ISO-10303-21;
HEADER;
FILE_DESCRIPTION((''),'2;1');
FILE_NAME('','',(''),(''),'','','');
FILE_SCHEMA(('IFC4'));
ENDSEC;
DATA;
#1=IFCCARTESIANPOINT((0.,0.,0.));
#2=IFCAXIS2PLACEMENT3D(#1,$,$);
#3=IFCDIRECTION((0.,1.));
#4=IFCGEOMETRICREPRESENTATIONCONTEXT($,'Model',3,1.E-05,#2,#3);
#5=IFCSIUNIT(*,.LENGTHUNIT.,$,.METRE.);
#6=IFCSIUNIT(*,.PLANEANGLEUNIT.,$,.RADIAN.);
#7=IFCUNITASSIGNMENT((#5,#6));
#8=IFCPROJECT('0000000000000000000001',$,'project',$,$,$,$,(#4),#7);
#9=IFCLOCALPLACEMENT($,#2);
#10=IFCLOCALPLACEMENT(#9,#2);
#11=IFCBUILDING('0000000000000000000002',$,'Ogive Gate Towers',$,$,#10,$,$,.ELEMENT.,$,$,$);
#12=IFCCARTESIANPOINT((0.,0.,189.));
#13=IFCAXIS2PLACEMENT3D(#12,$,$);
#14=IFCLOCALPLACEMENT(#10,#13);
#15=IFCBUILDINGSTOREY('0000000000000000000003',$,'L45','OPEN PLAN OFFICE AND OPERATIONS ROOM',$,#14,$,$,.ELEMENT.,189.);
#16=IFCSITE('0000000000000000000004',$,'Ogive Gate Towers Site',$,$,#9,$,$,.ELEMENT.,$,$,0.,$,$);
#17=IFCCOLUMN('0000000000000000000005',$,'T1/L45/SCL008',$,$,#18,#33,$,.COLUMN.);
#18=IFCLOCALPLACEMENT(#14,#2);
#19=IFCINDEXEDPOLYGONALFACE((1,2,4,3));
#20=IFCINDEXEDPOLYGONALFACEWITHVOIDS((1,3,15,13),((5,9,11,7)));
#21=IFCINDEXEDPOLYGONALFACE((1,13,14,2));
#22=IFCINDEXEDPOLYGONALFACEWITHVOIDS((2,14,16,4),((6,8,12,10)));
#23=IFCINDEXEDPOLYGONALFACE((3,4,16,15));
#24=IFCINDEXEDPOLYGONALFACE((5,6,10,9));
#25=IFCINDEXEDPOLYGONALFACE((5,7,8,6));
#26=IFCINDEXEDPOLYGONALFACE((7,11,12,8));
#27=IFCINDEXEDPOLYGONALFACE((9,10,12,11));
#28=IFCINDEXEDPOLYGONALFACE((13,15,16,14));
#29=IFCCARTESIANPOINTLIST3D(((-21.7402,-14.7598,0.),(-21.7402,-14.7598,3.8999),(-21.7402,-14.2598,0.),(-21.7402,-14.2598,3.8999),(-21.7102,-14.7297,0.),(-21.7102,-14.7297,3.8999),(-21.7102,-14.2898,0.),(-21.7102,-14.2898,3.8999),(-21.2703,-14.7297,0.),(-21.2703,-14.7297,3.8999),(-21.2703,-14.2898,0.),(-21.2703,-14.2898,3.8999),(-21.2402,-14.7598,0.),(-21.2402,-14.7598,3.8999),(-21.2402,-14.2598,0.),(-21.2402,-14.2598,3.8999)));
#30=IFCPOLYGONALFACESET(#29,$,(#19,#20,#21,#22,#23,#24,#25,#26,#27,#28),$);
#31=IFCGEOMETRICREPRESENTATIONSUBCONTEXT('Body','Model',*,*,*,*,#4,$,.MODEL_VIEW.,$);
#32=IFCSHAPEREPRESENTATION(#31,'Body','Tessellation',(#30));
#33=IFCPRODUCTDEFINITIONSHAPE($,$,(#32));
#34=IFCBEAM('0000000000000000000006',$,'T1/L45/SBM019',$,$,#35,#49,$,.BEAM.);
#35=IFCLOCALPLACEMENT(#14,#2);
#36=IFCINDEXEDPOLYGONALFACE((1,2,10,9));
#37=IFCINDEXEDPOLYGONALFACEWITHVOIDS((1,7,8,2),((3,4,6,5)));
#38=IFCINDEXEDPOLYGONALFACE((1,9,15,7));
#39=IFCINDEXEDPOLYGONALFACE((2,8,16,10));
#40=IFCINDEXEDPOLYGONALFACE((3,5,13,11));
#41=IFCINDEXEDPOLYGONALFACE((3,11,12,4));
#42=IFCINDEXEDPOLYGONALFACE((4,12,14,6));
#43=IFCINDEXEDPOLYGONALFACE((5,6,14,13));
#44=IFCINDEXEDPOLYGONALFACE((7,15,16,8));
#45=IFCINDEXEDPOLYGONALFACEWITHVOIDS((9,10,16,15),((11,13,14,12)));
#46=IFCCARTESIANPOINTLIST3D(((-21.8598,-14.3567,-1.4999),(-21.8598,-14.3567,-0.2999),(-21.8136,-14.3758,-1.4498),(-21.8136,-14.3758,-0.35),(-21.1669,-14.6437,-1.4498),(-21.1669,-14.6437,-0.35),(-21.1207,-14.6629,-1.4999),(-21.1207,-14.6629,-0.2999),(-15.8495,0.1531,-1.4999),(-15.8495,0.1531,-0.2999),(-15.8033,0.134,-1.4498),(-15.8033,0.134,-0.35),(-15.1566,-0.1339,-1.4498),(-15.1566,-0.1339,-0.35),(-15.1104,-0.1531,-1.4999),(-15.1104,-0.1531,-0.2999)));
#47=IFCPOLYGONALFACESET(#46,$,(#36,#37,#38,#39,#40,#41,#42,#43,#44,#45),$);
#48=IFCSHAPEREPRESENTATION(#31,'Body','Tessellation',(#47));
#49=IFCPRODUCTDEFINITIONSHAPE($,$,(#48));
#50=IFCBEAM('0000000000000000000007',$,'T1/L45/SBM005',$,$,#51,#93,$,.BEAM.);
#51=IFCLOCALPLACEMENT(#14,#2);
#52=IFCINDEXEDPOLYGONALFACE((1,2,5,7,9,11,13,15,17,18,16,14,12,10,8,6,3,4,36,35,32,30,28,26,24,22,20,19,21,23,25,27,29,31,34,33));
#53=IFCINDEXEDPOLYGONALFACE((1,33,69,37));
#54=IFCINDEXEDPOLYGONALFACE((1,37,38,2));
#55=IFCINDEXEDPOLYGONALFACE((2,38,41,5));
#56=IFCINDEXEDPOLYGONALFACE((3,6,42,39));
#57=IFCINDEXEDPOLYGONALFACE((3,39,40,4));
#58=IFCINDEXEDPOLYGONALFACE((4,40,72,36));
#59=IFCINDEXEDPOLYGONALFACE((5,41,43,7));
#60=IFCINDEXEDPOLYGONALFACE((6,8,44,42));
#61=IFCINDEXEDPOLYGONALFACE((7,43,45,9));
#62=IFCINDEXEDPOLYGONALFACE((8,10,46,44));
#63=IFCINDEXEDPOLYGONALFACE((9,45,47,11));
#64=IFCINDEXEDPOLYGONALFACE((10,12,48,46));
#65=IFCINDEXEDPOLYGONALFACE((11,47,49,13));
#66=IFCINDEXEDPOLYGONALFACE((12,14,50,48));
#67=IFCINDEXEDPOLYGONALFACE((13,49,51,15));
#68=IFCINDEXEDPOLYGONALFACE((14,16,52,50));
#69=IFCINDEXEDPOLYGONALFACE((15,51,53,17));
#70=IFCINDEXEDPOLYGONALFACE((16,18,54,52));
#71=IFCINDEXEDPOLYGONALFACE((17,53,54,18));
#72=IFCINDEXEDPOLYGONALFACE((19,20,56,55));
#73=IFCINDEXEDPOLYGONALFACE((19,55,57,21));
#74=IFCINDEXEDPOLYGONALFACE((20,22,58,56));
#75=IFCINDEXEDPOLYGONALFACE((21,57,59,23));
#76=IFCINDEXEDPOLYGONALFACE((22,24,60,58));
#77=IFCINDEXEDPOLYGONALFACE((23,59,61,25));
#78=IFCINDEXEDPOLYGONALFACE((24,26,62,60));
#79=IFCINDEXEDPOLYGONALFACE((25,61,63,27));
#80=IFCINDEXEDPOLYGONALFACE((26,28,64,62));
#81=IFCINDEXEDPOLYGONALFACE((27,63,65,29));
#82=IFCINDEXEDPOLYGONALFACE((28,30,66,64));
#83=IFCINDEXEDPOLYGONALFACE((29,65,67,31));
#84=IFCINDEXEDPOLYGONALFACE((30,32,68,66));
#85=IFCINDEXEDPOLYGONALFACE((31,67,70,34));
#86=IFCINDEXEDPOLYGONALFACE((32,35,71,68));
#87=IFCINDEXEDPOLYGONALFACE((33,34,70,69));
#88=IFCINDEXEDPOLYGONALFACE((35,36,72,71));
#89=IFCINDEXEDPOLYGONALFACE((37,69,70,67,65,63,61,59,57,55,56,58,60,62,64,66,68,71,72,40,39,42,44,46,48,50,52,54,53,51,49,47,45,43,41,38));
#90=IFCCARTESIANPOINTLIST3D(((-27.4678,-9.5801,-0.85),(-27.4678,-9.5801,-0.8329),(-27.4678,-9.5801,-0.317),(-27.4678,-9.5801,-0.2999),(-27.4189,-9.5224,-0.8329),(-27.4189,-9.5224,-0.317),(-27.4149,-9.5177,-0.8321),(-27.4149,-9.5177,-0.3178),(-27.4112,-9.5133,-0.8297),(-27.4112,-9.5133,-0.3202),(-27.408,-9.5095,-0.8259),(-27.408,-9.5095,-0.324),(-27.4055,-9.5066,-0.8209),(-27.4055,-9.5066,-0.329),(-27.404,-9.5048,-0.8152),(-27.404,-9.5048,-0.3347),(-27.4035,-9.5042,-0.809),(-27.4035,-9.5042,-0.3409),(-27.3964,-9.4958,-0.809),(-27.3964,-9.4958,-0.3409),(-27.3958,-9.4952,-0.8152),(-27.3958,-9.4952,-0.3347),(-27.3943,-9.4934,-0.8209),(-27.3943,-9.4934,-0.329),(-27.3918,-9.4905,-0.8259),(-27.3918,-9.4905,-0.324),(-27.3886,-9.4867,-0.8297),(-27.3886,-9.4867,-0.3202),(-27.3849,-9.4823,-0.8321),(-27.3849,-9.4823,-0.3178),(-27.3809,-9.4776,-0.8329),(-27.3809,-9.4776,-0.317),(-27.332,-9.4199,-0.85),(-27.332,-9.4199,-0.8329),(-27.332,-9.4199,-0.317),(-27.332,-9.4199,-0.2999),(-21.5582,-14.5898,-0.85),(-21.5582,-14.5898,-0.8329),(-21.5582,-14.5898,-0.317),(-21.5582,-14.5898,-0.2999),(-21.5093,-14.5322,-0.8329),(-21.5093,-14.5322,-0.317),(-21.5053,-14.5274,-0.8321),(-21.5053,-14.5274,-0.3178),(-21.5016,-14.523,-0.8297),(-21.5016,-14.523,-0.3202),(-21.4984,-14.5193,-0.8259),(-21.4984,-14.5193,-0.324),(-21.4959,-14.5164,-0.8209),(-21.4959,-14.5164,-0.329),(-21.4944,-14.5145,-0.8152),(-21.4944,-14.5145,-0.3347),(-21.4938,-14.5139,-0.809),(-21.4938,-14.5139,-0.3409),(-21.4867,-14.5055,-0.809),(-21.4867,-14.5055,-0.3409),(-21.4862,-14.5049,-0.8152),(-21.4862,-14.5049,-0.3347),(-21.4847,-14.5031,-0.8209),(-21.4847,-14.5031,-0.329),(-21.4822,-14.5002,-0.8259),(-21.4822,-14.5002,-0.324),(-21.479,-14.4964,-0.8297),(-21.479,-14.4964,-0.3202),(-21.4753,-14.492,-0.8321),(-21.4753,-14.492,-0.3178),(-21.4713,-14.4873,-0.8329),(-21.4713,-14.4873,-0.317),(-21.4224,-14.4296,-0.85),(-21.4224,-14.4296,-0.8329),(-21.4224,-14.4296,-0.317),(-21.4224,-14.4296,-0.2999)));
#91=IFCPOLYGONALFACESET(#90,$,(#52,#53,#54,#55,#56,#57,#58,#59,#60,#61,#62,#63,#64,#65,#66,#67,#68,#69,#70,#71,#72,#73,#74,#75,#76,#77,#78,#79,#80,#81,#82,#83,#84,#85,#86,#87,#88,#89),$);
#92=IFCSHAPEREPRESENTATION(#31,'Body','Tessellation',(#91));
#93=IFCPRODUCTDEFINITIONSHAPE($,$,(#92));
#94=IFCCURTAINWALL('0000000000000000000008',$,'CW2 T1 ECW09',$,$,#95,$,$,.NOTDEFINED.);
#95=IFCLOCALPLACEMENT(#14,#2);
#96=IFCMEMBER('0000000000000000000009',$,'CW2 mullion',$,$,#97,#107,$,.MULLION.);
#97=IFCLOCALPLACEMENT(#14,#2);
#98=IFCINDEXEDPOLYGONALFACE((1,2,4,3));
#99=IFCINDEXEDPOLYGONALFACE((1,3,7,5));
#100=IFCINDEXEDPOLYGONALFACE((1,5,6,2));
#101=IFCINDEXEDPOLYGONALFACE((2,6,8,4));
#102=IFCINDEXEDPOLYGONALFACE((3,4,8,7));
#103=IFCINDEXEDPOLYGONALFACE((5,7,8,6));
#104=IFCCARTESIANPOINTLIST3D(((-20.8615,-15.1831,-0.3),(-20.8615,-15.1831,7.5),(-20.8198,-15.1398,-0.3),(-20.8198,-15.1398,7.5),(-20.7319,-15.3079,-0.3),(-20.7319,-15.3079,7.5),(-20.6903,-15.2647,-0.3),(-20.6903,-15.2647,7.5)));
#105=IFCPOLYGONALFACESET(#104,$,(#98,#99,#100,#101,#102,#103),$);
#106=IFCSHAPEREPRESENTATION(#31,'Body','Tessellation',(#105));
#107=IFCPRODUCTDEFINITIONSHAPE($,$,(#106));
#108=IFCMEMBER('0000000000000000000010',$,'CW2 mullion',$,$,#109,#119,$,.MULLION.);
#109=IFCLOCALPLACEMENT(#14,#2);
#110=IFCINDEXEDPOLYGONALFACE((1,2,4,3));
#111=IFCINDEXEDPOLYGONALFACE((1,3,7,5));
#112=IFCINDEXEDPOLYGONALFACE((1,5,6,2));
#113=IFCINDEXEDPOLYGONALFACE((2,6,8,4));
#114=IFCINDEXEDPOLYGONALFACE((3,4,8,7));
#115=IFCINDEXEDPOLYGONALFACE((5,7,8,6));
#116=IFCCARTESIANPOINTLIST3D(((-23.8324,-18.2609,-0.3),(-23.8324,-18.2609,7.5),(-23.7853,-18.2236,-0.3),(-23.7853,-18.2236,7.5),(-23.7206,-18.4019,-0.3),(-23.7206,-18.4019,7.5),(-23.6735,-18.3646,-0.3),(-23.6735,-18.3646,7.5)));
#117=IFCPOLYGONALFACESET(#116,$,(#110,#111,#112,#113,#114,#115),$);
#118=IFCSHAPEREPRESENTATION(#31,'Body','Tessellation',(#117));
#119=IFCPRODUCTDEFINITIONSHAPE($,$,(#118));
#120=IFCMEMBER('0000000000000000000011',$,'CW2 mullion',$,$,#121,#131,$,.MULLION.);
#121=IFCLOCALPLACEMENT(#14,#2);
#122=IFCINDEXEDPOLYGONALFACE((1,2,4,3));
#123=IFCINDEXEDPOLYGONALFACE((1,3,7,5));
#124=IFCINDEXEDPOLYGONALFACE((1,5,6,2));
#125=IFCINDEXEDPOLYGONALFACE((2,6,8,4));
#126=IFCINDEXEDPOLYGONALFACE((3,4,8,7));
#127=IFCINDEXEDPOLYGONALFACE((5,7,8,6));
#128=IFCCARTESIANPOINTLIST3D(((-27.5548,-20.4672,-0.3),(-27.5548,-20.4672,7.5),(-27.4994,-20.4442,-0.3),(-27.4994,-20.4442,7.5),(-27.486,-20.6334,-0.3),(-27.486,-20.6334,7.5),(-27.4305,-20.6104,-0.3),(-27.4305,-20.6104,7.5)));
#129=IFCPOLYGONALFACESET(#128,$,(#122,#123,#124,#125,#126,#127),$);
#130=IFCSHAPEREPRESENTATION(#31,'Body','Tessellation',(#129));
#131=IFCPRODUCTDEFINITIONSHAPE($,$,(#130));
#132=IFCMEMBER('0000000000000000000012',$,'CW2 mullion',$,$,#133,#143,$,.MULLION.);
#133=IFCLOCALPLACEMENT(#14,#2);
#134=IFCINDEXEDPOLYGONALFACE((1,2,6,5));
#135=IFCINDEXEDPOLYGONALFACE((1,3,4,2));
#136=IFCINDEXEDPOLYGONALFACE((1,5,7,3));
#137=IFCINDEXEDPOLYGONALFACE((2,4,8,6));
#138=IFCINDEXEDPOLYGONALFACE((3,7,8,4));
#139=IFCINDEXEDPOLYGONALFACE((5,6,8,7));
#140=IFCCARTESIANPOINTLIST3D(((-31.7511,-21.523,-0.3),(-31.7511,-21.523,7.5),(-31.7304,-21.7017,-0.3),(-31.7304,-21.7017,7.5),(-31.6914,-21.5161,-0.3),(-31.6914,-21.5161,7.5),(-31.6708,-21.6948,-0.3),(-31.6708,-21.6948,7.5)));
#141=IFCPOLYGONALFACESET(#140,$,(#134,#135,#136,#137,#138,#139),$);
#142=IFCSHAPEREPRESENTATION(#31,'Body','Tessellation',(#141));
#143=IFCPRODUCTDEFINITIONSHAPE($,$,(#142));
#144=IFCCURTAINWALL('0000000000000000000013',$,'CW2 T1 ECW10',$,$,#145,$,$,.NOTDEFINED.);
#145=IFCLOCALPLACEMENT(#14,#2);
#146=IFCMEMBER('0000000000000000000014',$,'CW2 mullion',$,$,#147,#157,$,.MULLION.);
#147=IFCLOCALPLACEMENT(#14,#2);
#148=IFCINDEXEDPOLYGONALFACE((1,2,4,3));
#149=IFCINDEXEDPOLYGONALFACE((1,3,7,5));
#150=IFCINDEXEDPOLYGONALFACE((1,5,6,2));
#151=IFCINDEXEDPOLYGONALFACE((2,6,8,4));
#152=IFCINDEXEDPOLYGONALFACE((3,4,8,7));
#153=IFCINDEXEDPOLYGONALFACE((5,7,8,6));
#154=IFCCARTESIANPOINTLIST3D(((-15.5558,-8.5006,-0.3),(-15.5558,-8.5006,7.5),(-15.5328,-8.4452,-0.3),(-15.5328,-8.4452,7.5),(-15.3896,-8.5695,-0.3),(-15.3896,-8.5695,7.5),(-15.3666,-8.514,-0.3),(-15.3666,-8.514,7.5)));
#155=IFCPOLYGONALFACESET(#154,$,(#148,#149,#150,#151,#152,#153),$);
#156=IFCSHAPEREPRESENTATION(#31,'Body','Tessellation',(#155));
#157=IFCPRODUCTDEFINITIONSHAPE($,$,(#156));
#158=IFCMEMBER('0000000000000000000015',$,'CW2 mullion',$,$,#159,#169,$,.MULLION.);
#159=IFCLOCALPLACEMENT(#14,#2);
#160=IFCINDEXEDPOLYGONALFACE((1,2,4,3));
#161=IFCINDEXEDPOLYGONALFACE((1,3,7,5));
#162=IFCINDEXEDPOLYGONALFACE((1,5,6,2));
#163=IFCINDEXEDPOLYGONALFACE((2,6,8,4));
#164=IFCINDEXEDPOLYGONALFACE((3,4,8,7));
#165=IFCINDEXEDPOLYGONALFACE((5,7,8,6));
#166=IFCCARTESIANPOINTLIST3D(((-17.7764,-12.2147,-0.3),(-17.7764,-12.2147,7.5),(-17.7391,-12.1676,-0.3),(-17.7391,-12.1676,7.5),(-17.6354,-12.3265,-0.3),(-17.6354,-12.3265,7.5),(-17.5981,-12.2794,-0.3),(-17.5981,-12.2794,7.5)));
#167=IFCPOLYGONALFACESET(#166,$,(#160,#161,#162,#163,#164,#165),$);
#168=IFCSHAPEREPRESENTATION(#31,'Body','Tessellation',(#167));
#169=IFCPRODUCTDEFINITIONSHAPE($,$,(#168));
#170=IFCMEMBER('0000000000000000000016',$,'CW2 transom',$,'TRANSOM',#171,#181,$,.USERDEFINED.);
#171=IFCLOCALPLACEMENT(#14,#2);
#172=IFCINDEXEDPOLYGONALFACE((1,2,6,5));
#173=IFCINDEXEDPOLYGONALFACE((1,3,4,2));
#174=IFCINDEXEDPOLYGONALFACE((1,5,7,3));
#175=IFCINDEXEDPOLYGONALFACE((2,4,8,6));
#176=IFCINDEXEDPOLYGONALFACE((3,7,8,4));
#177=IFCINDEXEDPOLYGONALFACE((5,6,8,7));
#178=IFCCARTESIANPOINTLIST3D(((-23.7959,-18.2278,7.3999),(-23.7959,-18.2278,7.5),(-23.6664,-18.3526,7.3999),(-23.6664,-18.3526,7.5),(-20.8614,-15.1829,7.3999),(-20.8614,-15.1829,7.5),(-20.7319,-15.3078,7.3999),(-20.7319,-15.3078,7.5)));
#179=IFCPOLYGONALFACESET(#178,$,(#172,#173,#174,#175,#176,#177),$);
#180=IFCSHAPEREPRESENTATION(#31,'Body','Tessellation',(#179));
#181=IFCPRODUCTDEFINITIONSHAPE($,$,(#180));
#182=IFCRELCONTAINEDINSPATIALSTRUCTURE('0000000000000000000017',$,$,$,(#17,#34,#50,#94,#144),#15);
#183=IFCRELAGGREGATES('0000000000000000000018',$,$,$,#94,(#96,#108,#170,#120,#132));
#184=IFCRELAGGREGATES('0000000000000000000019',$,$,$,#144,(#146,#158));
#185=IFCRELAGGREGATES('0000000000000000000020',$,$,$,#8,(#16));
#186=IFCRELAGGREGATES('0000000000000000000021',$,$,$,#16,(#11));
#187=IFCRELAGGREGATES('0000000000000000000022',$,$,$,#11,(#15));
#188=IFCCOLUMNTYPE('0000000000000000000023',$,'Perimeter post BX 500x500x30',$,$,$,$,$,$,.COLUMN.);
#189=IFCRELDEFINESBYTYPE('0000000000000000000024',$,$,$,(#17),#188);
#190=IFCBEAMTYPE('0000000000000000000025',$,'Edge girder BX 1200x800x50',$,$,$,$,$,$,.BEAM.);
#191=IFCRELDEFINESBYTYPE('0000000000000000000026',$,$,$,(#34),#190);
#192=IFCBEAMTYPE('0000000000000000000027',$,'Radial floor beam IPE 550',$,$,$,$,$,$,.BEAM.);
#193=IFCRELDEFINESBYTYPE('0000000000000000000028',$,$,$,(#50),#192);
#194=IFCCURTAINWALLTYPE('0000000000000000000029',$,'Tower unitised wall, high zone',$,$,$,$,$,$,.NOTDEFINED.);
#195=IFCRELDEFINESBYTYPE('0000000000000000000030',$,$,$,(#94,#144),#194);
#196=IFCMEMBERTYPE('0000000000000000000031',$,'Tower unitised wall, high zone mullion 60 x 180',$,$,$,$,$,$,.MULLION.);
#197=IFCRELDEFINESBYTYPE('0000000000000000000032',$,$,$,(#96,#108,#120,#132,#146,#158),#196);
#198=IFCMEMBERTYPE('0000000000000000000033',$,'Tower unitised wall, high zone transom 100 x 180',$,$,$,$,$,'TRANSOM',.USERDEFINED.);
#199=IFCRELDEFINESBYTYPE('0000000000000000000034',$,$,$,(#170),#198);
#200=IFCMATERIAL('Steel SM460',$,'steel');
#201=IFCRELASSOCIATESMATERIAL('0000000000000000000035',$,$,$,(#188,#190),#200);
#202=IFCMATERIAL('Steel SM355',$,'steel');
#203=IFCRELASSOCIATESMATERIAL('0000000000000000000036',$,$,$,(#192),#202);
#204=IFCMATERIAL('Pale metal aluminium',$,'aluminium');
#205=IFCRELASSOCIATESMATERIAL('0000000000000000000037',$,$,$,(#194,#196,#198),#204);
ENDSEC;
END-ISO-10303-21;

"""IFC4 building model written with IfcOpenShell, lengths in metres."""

from ifc_helpers import new_model, si_unit, direction, frame, origin, origin_2d, place, context, subcontext, project, spatial, rectangle, hollow_rectangle, i_section, extrude, material, material_profile, profile_set, type_object, element, aggregate, save


model = new_model("IFC4")

# Units and contexts
model_context = context("Model", 3, precision=1e-05, world=origin(), true_north=direction((0.0, 1.0)))
body_context = subcontext(model_context, "Body", "Model", "MODEL_VIEW")
ifc_project = project(units=[si_unit("LENGTHUNIT", "METRE"), si_unit("PLANEANGLEUNIT", "RADIAN")], contexts=[model_context])

# Site, building, storey
site_placement = place(None, origin())
site = spatial("IfcSite", under=ifc_project, at=site_placement, Name="Ogive Gate Towers Site", CompositionType="ELEMENT", RefElevation=0.0)
building_placement = place(site_placement, origin())
building = spatial("IfcBuilding", under=site, at=building_placement, Name="Ogive Gate Towers", CompositionType="ELEMENT")
storey_placement = place(building_placement, frame((0.0, 0.0, 189.0)))
storey = spatial("IfcBuildingStorey", under=building, at=storey_placement, Name="L45", Description="OPEN PLAN OFFICE AND OPERATIONS ROOM", CompositionType="ELEMENT", Elevation=189.0)

# Column
ifc_material_1 = material(Name="Steel SM460", Category="steel")
ifc_material_profile_1 = material_profile(ifc_material_1, hollow_rectangle(XDim=0.5, YDim=0.5, WallThickness=0.03, at=origin_2d()), Name="BX 500x500x30")
ifc_profile_set_1 = profile_set([ifc_material_profile_1], Name="Steel SM460")
column_type = type_object("IfcColumnType", Name="Perimeter post BX 500x500x30", PredefinedType="COLUMN", material=ifc_profile_set_1)
column_placement = place(storey_placement, frame((-21.4902, -14.5098, 0.0), z_axis=(0.0, 0.0, 1.0), x_axis=(1.0, 0.0, 0.0)))
element("IfcColumn", 1, at=column_placement, inside=storey, type_object=column_type, Name="T1/L45/SCL008", PredefinedType="COLUMN", context=body_context, shape_type="SweptSolid", body=[
    extrude(hollow_rectangle(XDim=0.5, YDim=0.5, WallThickness=0.03, at=origin_2d()), origin(), (0.0, 0.0, 1.0), 3.8999),
])

# Beams
ifc_material_profile_2 = material_profile(ifc_material_1, hollow_rectangle(XDim=0.8, YDim=1.2, WallThickness=0.05, at=origin_2d()), Name="BX 1200x800x50")
ifc_profile_set_2 = profile_set([ifc_material_profile_2], Name="Steel SM460")
beam_type_1 = type_object("IfcBeamType", Name="Edge girder BX 1200x800x50", PredefinedType="BEAM", material=ifc_profile_set_2)
beam_1_placement = place(storey_placement, frame((-21.4902, -14.5098, -0.8999), z_axis=(0.38269, 0.923877, 0.0), x_axis=(-0.923877, 0.38269, 0.0)))
element("IfcBeam", 2, at=beam_1_placement, inside=storey, type_object=beam_type_1, Name="T1/L45/SBM019", PredefinedType="BEAM", context=body_context, shape_type="SweptSolid", body=[
    extrude(hollow_rectangle(XDim=0.8, YDim=1.2, WallThickness=0.05, at=origin_2d()), origin(), (0.0, 0.0, 1.0), 15.7053),
])
ifc_material_2 = material(Name="Steel SM355", Category="steel")
ifc_material_profile_3 = material_profile(ifc_material_2, i_section(OverallWidth=0.21, OverallDepth=0.55, WebThickness=0.011, FlangeThickness=0.0171, FilletRadius=0.0239, at=origin_2d()), Name="IPE 550")
ifc_profile_set_3 = profile_set([ifc_material_profile_3], Name="Steel SM355")
beam_type_2 = type_object("IfcBeamType", Name="Radial floor beam IPE 550", PredefinedType="BEAM", material=ifc_profile_set_3)
beam_2_placement = place(storey_placement, frame((-27.3999, -9.5, -0.575), z_axis=(0.762795, -0.64664, 0.0), x_axis=(0.64664, 0.762795, 0.0)))
element("IfcBeam", 3, at=beam_2_placement, inside=storey, type_object=beam_type_2, Name="T1/L45/SBM005", PredefinedType="BEAM", context=body_context, shape_type="SweptSolid", body=[
    extrude(i_section(OverallWidth=0.21, OverallDepth=0.55, WebThickness=0.011, FlangeThickness=0.0171, FilletRadius=0.0239, at=origin_2d()), origin(), (0.0, 0.0, 1.0), 7.7473),
])

# Curtain walls, members
ifc_material_3 = material(Name="Pale metal aluminium", Category="aluminium")
curtain_wall_type = type_object("IfcCurtainWallType", Name="Tower unitised wall, high zone", PredefinedType="NOTDEFINED", material=ifc_material_3)
curtain_wall_1_placement = place(storey_placement, origin())
curtain_wall_1 = element("IfcCurtainWall", 4, at=curtain_wall_1_placement, inside=storey, type_object=curtain_wall_type, Name="CW2 T1 ECW09", PredefinedType="NOTDEFINED")
ifc_material_profile_4 = material_profile(ifc_material_3, rectangle(XDim=0.1799, YDim=0.0601, at=origin_2d()), Name="60 x 180 aluminium box")
ifc_profile_set_4 = profile_set([ifc_material_profile_4], Name="Pale metal aluminium")
member_type_1 = type_object("IfcMemberType", Name="Tower unitised wall, high zone mullion 60 x 180", PredefinedType="MULLION", material=ifc_profile_set_4)
member_1_placement = place(storey_placement, frame((-20.7759, -15.2239, -0.3), z_axis=(0.0, 0.0, 1.0), x_axis=(-0.720031, 0.693942, 0.0)))
member_1 = element("IfcMember", 5, at=member_1_placement, type_object=member_type_1, Name="CW2 mullion", PredefinedType="MULLION", context=body_context, shape_type="SweptSolid", body=[
    extrude(rectangle(XDim=0.1799, YDim=0.0601, at=origin_2d()), origin(), (0.0, 0.0, 1.0), 7.8),
])
member_2_placement = place(storey_placement, frame((-23.7529, -18.3127, -0.3), z_axis=(0.0, 0.0, 1.0), x_axis=(-0.621298, 0.783574, 0.0)))
member_2 = element("IfcMember", 6, at=member_2_placement, type_object=member_type_1, Name="CW2 mullion", PredefinedType="MULLION", context=body_context, shape_type="SweptSolid", body=[
    extrude(rectangle(XDim=0.1799, YDim=0.0601, at=origin_2d()), origin(), (0.0, 0.0, 1.0), 7.8),
])
member_3_placement = place(storey_placement, frame((-27.4927, -20.5388, -0.3), z_axis=(0.0, 0.0, 1.0), x_axis=(-0.382683, 0.92388, 0.0)))
member_3 = element("IfcMember", 7, at=member_3_placement, type_object=member_type_1, Name="CW2 mullion", PredefinedType="MULLION", context=body_context, shape_type="SweptSolid", body=[
    extrude(rectangle(XDim=0.1799, YDim=0.0601, at=origin_2d()), origin(), (0.0, 0.0, 1.0), 7.8),
])
member_4_placement = place(storey_placement, frame((-31.7109, -21.6089, -0.3), z_axis=(0.0, 0.0, 1.0), x_axis=(-0.114764, 0.993393, 0.0)))
member_4 = element("IfcMember", 8, at=member_4_placement, type_object=member_type_1, Name="CW2 mullion", PredefinedType="MULLION", context=body_context, shape_type="SweptSolid", body=[
    extrude(rectangle(XDim=0.1799, YDim=0.0601, at=origin_2d()), origin(), (0.0, 0.0, 1.0), 7.8),
])
curtain_wall_2_placement = place(storey_placement, origin())
curtain_wall_2 = element("IfcCurtainWall", 9, at=curtain_wall_2_placement, inside=storey, type_object=curtain_wall_type, Name="CW2 T1 ECW10", PredefinedType="NOTDEFINED")
member_5_placement = place(storey_placement, frame((-15.4612, -8.5073, -0.3), z_axis=(0.0, 0.0, 1.0), x_axis=(-0.92388, 0.382683, 0.0)))
member_5 = element("IfcMember", 10, at=member_5_placement, type_object=member_type_1, Name="CW2 mullion", PredefinedType="MULLION", context=body_context, shape_type="SweptSolid", body=[
    extrude(rectangle(XDim=0.1799, YDim=0.0601, at=origin_2d()), origin(), (0.0, 0.0, 1.0), 7.8),
])
member_6_placement = place(storey_placement, frame((-17.6873, -12.2471, -0.3), z_axis=(0.0, 0.0, 1.0), x_axis=(-0.783574, 0.621298, 0.0)))
member_6 = element("IfcMember", 11, at=member_6_placement, type_object=member_type_1, Name="CW2 mullion", PredefinedType="MULLION", context=body_context, shape_type="SweptSolid", body=[
    extrude(rectangle(XDim=0.1799, YDim=0.0601, at=origin_2d()), origin(), (0.0, 0.0, 1.0), 7.8),
])

# Member
ifc_material_profile_5 = material_profile(ifc_material_3, rectangle(XDim=0.1799, YDim=0.1001, at=origin_2d()), Name="100 x 180 aluminium box")
ifc_profile_set_5 = profile_set([ifc_material_profile_5], Name="Pale metal aluminium")
member_type_2 = type_object("IfcMemberType", Name="Tower unitised wall, high zone transom 100 x 180", ElementType="TRANSOM", PredefinedType="USERDEFINED", material=ifc_profile_set_5)
member_7_placement = place(storey_placement, frame((-20.7966, -15.2454, 7.45), z_axis=(-0.693939, -0.720034, 0.0), x_axis=(0.720034, -0.693939, 0.0)))
member_7 = element("IfcMember", 12, at=member_7_placement, type_object=member_type_2, Name="CW2 transom", ObjectType="TRANSOM", PredefinedType="USERDEFINED", context=body_context, shape_type="SweptSolid", body=[
    extrude(rectangle(XDim=0.1799, YDim=0.1001, at=origin_2d()), origin(), (0.0, 0.0, 1.0), 4.2288),
])

aggregate(curtain_wall_1, [member_1, member_2, member_7, member_3, member_4])
aggregate(curtain_wall_2, [member_5, member_6])

save(model, "model.ifc")
